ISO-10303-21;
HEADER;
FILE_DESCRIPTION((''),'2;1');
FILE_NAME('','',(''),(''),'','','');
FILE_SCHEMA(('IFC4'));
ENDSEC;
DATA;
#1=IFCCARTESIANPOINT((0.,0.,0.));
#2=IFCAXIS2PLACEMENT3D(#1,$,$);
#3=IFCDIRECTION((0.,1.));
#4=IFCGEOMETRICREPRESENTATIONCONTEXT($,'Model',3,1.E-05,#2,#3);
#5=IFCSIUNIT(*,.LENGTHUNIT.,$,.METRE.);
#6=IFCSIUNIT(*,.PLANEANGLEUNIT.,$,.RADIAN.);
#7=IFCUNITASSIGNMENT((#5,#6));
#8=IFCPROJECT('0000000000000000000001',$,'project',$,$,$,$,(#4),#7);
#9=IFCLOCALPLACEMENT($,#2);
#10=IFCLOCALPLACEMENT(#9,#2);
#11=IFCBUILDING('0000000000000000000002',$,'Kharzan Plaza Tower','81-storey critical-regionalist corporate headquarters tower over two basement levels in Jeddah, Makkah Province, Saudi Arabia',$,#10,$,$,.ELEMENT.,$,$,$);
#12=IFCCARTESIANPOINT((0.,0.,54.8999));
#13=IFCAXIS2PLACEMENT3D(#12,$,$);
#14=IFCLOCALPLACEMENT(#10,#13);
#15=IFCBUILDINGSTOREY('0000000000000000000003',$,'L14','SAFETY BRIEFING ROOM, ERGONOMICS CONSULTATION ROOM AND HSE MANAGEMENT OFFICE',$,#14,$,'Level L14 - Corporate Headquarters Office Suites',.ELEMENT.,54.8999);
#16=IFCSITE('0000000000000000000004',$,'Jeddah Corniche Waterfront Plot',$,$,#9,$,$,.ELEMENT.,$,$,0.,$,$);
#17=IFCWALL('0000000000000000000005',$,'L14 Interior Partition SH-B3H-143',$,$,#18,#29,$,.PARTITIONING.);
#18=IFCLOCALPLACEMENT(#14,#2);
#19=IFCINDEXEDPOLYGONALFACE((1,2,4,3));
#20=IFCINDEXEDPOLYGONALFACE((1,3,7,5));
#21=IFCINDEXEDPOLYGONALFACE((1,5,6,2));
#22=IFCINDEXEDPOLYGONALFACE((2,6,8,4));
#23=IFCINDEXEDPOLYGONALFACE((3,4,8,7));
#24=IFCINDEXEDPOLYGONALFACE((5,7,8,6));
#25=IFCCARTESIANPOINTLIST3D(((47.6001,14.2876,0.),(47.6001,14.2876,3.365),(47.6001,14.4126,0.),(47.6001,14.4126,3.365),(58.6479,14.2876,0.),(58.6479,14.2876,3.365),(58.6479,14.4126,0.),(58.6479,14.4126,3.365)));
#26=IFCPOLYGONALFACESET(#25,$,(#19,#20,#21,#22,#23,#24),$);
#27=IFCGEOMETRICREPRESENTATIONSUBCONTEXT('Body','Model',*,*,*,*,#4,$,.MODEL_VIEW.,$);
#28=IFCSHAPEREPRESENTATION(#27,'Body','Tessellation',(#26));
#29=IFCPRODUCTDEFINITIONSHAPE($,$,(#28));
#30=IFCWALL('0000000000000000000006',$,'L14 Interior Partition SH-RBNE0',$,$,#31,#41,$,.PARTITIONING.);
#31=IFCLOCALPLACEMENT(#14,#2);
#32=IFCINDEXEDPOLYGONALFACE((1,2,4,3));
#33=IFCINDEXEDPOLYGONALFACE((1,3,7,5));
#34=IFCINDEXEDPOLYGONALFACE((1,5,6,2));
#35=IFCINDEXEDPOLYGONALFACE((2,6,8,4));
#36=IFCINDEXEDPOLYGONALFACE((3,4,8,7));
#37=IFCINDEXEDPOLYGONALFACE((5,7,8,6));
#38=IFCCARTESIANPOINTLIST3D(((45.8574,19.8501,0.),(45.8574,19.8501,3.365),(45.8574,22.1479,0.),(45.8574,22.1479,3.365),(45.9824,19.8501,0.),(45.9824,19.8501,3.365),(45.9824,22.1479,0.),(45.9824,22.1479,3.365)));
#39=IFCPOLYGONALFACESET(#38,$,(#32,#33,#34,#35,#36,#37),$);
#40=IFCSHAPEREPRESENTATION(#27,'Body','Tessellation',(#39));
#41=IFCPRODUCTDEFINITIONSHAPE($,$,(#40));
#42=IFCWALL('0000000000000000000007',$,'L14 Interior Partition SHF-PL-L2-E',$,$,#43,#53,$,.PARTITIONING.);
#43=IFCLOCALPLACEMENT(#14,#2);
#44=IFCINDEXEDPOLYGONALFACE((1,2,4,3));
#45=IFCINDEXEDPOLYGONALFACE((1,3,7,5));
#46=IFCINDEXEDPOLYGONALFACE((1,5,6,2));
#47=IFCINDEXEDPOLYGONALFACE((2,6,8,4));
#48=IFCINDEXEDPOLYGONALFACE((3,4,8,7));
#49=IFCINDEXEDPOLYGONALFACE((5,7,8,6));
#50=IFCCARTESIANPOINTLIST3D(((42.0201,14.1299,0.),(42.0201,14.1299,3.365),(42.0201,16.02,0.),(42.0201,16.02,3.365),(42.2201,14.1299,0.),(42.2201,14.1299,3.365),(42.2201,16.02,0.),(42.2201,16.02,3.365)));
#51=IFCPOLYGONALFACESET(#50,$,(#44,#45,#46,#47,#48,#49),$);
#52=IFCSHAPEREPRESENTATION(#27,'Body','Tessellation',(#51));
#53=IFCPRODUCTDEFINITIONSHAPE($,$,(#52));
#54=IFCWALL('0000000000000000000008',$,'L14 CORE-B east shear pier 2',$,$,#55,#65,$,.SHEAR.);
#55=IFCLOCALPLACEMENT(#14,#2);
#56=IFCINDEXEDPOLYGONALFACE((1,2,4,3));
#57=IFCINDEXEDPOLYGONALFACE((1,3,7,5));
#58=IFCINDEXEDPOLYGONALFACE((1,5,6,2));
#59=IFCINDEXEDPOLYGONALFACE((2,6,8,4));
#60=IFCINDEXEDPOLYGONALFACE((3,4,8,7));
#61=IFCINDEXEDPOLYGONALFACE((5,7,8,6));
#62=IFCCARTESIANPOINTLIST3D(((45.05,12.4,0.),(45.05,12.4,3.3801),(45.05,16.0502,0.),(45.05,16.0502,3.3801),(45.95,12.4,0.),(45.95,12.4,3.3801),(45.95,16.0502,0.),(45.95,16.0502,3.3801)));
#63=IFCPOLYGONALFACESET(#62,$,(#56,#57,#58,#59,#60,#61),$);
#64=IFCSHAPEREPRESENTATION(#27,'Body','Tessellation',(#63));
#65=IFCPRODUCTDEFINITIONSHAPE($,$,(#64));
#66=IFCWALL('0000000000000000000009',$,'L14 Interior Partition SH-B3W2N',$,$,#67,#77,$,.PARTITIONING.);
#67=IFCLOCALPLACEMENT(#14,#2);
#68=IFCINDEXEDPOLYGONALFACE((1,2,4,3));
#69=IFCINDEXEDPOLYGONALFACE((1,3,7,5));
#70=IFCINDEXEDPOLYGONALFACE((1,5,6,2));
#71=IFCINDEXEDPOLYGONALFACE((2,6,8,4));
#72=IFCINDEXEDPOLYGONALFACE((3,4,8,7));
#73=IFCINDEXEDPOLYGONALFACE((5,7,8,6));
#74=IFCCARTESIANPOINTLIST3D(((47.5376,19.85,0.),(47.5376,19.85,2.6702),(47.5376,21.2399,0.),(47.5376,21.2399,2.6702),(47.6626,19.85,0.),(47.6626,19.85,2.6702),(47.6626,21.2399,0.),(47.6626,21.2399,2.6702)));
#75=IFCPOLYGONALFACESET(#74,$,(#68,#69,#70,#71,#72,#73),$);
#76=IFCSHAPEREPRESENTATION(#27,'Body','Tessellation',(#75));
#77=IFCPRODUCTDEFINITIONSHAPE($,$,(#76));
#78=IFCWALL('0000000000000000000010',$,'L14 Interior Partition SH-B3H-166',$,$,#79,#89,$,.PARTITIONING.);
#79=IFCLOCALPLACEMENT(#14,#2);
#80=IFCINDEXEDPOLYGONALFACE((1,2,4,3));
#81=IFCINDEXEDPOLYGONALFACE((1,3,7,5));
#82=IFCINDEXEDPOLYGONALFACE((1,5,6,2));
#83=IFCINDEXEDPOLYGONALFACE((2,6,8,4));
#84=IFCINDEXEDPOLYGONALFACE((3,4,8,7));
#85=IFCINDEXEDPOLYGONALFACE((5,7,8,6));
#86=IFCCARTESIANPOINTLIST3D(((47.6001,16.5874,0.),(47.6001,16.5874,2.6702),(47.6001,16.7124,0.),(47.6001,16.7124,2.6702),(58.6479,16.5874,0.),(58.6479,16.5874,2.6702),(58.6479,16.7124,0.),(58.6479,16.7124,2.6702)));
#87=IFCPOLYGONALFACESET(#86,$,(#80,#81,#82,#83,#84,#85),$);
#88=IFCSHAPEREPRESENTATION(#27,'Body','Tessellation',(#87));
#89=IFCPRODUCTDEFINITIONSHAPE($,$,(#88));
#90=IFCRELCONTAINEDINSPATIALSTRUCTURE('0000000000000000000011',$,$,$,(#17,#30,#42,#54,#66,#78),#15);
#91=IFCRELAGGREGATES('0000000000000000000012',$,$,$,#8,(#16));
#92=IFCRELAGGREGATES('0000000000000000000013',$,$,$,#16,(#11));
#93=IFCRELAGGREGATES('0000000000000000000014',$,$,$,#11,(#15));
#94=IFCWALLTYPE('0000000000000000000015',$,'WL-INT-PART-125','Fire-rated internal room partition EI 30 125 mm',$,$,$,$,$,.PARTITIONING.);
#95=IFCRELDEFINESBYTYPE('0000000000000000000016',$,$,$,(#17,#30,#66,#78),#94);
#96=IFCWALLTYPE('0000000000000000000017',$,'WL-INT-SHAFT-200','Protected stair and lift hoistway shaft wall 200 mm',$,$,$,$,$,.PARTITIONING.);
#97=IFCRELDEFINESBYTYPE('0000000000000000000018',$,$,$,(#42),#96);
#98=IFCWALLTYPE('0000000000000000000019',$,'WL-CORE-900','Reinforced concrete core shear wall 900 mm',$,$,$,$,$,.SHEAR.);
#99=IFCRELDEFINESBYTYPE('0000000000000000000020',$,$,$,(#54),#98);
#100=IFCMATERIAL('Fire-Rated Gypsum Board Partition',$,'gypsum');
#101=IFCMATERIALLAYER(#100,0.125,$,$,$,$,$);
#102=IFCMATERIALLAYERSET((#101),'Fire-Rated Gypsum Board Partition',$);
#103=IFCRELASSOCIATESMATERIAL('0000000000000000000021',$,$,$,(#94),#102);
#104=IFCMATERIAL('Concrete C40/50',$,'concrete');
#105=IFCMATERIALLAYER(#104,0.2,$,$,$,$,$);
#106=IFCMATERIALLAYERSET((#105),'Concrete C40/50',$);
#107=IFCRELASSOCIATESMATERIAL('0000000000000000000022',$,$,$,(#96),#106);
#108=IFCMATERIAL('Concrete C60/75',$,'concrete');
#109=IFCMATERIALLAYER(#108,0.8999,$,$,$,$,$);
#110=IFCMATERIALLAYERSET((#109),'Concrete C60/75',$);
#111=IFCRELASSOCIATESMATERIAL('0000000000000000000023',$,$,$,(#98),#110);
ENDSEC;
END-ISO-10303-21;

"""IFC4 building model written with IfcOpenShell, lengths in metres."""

from ifc_helpers import new_model, si_unit, direction, frame, frame_2d, origin, place, context, subcontext, project, spatial, rectangle, extrude, source, transform, mapped, material, layer, layer_set, type_object, element, save


model = new_model("IFC4")

# Units and contexts
model_context = context("Model", 3, precision=1e-05, world=origin(), true_north=direction((0.0, 1.0)))
body_context = subcontext(model_context, "Body", "Model", "MODEL_VIEW")
ifc_project = project(units=[si_unit("LENGTHUNIT", "METRE"), si_unit("PLANEANGLEUNIT", "RADIAN")], contexts=[model_context])

# Site, building, storey
site_placement = place(None, origin())
site = spatial("IfcSite", under=ifc_project, at=site_placement, Name="Jeddah Corniche Waterfront Plot", CompositionType="ELEMENT", RefElevation=0.0)
building_placement = place(site_placement, origin())
building = spatial("IfcBuilding", under=site, at=building_placement, Name="Kharzan Plaza Tower", Description="81-storey critical-regionalist corporate headquarters tower over two basement levels in Jeddah, Makkah Province, Saudi Arabia", CompositionType="ELEMENT")
storey_placement = place(building_placement, frame((0.0, 0.0, 54.8999)))
storey = spatial("IfcBuildingStorey", under=building, at=storey_placement, Name="L14", Description="SAFETY BRIEFING ROOM, ERGONOMICS CONSULTATION ROOM AND HSE MANAGEMENT OFFICE", LongName="Level L14 - Corporate Headquarters Office Suites", CompositionType="ELEMENT", Elevation=54.8999)

# Shared definitions
ifc_material_1 = material(Name="Concrete C60/75", Category="concrete")

# Shared definitions
ifc_material_2 = material(Name="Concrete C40/50", Category="concrete")

# Shared definitions
ifc_material_3 = material(Name="Fire-Rated Gypsum Board Partition", Category="gypsum")
ifc_layer_1 = layer(ifc_material_3, 0.125)
ifc_layer_set_1 = layer_set([ifc_layer_1], Name="Fire-Rated Gypsum Board Partition")
wall_type_1 = type_object("IfcWallType", Name="WL-INT-PART-125", Description="Fire-rated internal room partition EI 30 125 mm", PredefinedType="PARTITIONING", material=ifc_layer_set_1)
ifc_layer_2 = layer(ifc_material_2, 0.2)
ifc_layer_set_2 = layer_set([ifc_layer_2], Name="Concrete C40/50")
wall_type_2 = type_object("IfcWallType", Name="WL-INT-SHAFT-200", Description="Protected stair and lift hoistway shaft wall 200 mm", PredefinedType="PARTITIONING", material=ifc_layer_set_2)

# Walls
shared_shape_1 = source(origin(), body_context, "Body", "SweptSolid", [
    extrude(rectangle(XDim=11.0479, YDim=0.125, at=frame_2d((5.5239, 0.0))), origin(), (0.0, 0.0, 1.0), 3.365),
])
wall_1_placement = place(storey_placement, frame((47.6001, 14.3501, 0.0), z_axis=(0.0, 0.0, 1.0), x_axis=(1.0, 0.0, 0.0)))
element("IfcWall", 1, at=wall_1_placement, inside=storey, type_object=wall_type_1, Name="L14 Interior Partition SH-B3H-143", PredefinedType="PARTITIONING", context=body_context, shape_type="MappedRepresentation", body=[
    mapped(shared_shape_1, transform((0.0, 0.0, 0.0), x_axis=(1.0, 0.0, 0.0), y_axis=(0.0, 1.0, 0.0), z_axis=(0.0, 0.0, 1.0))),
])
shared_shape_2 = source(origin(), body_context, "Body", "SweptSolid", [
    extrude(rectangle(XDim=2.2979, YDim=0.125, at=frame_2d((1.1489, 0.0))), origin(), (0.0, 0.0, 1.0), 3.365),
])
wall_2_placement = place(storey_placement, frame((45.9199, 19.8501, 0.0), z_axis=(0.0, 0.0, 1.0), x_axis=(0.0, 1.0, 0.0)))
element("IfcWall", 2, at=wall_2_placement, inside=storey, type_object=wall_type_1, Name="L14 Interior Partition SH-RBNE0", PredefinedType="PARTITIONING", context=body_context, shape_type="MappedRepresentation", body=[
    mapped(shared_shape_2, transform((0.0, 0.0, 0.0), x_axis=(1.0, 0.0, 0.0), y_axis=(0.0, 1.0, 0.0), z_axis=(0.0, 0.0, 1.0))),
])
shared_shape_3 = source(origin(), body_context, "Body", "SweptSolid", [
    extrude(rectangle(XDim=1.8901, YDim=0.2, at=frame_2d((0.9451, 0.0))), origin(), (0.0, 0.0, 1.0), 3.365),
])
wall_3_placement = place(storey_placement, frame((42.1201, 14.1299, 0.0), z_axis=(0.0, 0.0, 1.0), x_axis=(0.0, 1.0, 0.0)))
element("IfcWall", 3, at=wall_3_placement, inside=storey, type_object=wall_type_2, Name="L14 Interior Partition SHF-PL-L2-E", PredefinedType="PARTITIONING", context=body_context, shape_type="MappedRepresentation", body=[
    mapped(shared_shape_3, transform((0.0, 0.0, 0.0), x_axis=(1.0, 0.0, 0.0), y_axis=(0.0, 1.0, 0.0), z_axis=(0.0, 0.0, 1.0))),
])
ifc_layer_3 = layer(ifc_material_1, 0.8999)
ifc_layer_set_3 = layer_set([ifc_layer_3], Name="Concrete C60/75")
wall_type_3 = type_object("IfcWallType", Name="WL-CORE-900", Description="Reinforced concrete core shear wall 900 mm", PredefinedType="SHEAR", material=ifc_layer_set_3)
shared_shape_4 = source(origin(), body_context, "Body", "SweptSolid", [
    extrude(rectangle(XDim=3.6501, YDim=0.8999, at=frame_2d((1.8252, 0.0))), origin(), (0.0, 0.0, 1.0), 3.3801),
])
wall_4_placement = place(storey_placement, frame((45.5, 12.3999, 0.0), z_axis=(0.0, 0.0, 1.0), x_axis=(0.0, 1.0, 0.0)))
element("IfcWall", 4, at=wall_4_placement, inside=storey, type_object=wall_type_3, Name="L14 CORE-B east shear pier 2", PredefinedType="SHEAR", context=body_context, shape_type="MappedRepresentation", body=[
    mapped(shared_shape_4, transform((0.0, 0.0, 0.0), x_axis=(1.0, 0.0, 0.0), y_axis=(0.0, 1.0, 0.0), z_axis=(0.0, 0.0, 1.0))),
])
shared_shape_5 = source(origin(), body_context, "Body", "SweptSolid", [
    extrude(rectangle(XDim=1.3899, YDim=0.125, at=frame_2d((0.6948, 0.0))), origin(), (0.0, 0.0, 1.0), 2.6702),
])
wall_5_placement = place(storey_placement, frame((47.6001, 19.8501, 0.0), z_axis=(0.0, 0.0, 1.0), x_axis=(0.0, 1.0, 0.0)))
element("IfcWall", 5, at=wall_5_placement, inside=storey, type_object=wall_type_1, Name="L14 Interior Partition SH-B3W2N", PredefinedType="PARTITIONING", context=body_context, shape_type="MappedRepresentation", body=[
    mapped(shared_shape_5, transform((0.0, 0.0, 0.0), x_axis=(1.0, 0.0, 0.0), y_axis=(0.0, 1.0, 0.0), z_axis=(0.0, 0.0, 1.0))),
])
shared_shape_6 = source(origin(), body_context, "Body", "SweptSolid", [
    extrude(rectangle(XDim=11.0479, YDim=0.125, at=frame_2d((5.5239, 0.0))), origin(), (0.0, 0.0, 1.0), 2.6702),
])
wall_6_placement = place(storey_placement, frame((47.6001, 16.6499, 0.0), z_axis=(0.0, 0.0, 1.0), x_axis=(1.0, 0.0, 0.0)))
element("IfcWall", 6, at=wall_6_placement, inside=storey, type_object=wall_type_1, Name="L14 Interior Partition SH-B3H-166", PredefinedType="PARTITIONING", context=body_context, shape_type="MappedRepresentation", body=[
    mapped(shared_shape_6, transform((0.0, 0.0, 0.0), x_axis=(1.0, 0.0, 0.0), y_axis=(0.0, 1.0, 0.0), z_axis=(0.0, 0.0, 1.0))),
])

save(model, "model.ifc")
